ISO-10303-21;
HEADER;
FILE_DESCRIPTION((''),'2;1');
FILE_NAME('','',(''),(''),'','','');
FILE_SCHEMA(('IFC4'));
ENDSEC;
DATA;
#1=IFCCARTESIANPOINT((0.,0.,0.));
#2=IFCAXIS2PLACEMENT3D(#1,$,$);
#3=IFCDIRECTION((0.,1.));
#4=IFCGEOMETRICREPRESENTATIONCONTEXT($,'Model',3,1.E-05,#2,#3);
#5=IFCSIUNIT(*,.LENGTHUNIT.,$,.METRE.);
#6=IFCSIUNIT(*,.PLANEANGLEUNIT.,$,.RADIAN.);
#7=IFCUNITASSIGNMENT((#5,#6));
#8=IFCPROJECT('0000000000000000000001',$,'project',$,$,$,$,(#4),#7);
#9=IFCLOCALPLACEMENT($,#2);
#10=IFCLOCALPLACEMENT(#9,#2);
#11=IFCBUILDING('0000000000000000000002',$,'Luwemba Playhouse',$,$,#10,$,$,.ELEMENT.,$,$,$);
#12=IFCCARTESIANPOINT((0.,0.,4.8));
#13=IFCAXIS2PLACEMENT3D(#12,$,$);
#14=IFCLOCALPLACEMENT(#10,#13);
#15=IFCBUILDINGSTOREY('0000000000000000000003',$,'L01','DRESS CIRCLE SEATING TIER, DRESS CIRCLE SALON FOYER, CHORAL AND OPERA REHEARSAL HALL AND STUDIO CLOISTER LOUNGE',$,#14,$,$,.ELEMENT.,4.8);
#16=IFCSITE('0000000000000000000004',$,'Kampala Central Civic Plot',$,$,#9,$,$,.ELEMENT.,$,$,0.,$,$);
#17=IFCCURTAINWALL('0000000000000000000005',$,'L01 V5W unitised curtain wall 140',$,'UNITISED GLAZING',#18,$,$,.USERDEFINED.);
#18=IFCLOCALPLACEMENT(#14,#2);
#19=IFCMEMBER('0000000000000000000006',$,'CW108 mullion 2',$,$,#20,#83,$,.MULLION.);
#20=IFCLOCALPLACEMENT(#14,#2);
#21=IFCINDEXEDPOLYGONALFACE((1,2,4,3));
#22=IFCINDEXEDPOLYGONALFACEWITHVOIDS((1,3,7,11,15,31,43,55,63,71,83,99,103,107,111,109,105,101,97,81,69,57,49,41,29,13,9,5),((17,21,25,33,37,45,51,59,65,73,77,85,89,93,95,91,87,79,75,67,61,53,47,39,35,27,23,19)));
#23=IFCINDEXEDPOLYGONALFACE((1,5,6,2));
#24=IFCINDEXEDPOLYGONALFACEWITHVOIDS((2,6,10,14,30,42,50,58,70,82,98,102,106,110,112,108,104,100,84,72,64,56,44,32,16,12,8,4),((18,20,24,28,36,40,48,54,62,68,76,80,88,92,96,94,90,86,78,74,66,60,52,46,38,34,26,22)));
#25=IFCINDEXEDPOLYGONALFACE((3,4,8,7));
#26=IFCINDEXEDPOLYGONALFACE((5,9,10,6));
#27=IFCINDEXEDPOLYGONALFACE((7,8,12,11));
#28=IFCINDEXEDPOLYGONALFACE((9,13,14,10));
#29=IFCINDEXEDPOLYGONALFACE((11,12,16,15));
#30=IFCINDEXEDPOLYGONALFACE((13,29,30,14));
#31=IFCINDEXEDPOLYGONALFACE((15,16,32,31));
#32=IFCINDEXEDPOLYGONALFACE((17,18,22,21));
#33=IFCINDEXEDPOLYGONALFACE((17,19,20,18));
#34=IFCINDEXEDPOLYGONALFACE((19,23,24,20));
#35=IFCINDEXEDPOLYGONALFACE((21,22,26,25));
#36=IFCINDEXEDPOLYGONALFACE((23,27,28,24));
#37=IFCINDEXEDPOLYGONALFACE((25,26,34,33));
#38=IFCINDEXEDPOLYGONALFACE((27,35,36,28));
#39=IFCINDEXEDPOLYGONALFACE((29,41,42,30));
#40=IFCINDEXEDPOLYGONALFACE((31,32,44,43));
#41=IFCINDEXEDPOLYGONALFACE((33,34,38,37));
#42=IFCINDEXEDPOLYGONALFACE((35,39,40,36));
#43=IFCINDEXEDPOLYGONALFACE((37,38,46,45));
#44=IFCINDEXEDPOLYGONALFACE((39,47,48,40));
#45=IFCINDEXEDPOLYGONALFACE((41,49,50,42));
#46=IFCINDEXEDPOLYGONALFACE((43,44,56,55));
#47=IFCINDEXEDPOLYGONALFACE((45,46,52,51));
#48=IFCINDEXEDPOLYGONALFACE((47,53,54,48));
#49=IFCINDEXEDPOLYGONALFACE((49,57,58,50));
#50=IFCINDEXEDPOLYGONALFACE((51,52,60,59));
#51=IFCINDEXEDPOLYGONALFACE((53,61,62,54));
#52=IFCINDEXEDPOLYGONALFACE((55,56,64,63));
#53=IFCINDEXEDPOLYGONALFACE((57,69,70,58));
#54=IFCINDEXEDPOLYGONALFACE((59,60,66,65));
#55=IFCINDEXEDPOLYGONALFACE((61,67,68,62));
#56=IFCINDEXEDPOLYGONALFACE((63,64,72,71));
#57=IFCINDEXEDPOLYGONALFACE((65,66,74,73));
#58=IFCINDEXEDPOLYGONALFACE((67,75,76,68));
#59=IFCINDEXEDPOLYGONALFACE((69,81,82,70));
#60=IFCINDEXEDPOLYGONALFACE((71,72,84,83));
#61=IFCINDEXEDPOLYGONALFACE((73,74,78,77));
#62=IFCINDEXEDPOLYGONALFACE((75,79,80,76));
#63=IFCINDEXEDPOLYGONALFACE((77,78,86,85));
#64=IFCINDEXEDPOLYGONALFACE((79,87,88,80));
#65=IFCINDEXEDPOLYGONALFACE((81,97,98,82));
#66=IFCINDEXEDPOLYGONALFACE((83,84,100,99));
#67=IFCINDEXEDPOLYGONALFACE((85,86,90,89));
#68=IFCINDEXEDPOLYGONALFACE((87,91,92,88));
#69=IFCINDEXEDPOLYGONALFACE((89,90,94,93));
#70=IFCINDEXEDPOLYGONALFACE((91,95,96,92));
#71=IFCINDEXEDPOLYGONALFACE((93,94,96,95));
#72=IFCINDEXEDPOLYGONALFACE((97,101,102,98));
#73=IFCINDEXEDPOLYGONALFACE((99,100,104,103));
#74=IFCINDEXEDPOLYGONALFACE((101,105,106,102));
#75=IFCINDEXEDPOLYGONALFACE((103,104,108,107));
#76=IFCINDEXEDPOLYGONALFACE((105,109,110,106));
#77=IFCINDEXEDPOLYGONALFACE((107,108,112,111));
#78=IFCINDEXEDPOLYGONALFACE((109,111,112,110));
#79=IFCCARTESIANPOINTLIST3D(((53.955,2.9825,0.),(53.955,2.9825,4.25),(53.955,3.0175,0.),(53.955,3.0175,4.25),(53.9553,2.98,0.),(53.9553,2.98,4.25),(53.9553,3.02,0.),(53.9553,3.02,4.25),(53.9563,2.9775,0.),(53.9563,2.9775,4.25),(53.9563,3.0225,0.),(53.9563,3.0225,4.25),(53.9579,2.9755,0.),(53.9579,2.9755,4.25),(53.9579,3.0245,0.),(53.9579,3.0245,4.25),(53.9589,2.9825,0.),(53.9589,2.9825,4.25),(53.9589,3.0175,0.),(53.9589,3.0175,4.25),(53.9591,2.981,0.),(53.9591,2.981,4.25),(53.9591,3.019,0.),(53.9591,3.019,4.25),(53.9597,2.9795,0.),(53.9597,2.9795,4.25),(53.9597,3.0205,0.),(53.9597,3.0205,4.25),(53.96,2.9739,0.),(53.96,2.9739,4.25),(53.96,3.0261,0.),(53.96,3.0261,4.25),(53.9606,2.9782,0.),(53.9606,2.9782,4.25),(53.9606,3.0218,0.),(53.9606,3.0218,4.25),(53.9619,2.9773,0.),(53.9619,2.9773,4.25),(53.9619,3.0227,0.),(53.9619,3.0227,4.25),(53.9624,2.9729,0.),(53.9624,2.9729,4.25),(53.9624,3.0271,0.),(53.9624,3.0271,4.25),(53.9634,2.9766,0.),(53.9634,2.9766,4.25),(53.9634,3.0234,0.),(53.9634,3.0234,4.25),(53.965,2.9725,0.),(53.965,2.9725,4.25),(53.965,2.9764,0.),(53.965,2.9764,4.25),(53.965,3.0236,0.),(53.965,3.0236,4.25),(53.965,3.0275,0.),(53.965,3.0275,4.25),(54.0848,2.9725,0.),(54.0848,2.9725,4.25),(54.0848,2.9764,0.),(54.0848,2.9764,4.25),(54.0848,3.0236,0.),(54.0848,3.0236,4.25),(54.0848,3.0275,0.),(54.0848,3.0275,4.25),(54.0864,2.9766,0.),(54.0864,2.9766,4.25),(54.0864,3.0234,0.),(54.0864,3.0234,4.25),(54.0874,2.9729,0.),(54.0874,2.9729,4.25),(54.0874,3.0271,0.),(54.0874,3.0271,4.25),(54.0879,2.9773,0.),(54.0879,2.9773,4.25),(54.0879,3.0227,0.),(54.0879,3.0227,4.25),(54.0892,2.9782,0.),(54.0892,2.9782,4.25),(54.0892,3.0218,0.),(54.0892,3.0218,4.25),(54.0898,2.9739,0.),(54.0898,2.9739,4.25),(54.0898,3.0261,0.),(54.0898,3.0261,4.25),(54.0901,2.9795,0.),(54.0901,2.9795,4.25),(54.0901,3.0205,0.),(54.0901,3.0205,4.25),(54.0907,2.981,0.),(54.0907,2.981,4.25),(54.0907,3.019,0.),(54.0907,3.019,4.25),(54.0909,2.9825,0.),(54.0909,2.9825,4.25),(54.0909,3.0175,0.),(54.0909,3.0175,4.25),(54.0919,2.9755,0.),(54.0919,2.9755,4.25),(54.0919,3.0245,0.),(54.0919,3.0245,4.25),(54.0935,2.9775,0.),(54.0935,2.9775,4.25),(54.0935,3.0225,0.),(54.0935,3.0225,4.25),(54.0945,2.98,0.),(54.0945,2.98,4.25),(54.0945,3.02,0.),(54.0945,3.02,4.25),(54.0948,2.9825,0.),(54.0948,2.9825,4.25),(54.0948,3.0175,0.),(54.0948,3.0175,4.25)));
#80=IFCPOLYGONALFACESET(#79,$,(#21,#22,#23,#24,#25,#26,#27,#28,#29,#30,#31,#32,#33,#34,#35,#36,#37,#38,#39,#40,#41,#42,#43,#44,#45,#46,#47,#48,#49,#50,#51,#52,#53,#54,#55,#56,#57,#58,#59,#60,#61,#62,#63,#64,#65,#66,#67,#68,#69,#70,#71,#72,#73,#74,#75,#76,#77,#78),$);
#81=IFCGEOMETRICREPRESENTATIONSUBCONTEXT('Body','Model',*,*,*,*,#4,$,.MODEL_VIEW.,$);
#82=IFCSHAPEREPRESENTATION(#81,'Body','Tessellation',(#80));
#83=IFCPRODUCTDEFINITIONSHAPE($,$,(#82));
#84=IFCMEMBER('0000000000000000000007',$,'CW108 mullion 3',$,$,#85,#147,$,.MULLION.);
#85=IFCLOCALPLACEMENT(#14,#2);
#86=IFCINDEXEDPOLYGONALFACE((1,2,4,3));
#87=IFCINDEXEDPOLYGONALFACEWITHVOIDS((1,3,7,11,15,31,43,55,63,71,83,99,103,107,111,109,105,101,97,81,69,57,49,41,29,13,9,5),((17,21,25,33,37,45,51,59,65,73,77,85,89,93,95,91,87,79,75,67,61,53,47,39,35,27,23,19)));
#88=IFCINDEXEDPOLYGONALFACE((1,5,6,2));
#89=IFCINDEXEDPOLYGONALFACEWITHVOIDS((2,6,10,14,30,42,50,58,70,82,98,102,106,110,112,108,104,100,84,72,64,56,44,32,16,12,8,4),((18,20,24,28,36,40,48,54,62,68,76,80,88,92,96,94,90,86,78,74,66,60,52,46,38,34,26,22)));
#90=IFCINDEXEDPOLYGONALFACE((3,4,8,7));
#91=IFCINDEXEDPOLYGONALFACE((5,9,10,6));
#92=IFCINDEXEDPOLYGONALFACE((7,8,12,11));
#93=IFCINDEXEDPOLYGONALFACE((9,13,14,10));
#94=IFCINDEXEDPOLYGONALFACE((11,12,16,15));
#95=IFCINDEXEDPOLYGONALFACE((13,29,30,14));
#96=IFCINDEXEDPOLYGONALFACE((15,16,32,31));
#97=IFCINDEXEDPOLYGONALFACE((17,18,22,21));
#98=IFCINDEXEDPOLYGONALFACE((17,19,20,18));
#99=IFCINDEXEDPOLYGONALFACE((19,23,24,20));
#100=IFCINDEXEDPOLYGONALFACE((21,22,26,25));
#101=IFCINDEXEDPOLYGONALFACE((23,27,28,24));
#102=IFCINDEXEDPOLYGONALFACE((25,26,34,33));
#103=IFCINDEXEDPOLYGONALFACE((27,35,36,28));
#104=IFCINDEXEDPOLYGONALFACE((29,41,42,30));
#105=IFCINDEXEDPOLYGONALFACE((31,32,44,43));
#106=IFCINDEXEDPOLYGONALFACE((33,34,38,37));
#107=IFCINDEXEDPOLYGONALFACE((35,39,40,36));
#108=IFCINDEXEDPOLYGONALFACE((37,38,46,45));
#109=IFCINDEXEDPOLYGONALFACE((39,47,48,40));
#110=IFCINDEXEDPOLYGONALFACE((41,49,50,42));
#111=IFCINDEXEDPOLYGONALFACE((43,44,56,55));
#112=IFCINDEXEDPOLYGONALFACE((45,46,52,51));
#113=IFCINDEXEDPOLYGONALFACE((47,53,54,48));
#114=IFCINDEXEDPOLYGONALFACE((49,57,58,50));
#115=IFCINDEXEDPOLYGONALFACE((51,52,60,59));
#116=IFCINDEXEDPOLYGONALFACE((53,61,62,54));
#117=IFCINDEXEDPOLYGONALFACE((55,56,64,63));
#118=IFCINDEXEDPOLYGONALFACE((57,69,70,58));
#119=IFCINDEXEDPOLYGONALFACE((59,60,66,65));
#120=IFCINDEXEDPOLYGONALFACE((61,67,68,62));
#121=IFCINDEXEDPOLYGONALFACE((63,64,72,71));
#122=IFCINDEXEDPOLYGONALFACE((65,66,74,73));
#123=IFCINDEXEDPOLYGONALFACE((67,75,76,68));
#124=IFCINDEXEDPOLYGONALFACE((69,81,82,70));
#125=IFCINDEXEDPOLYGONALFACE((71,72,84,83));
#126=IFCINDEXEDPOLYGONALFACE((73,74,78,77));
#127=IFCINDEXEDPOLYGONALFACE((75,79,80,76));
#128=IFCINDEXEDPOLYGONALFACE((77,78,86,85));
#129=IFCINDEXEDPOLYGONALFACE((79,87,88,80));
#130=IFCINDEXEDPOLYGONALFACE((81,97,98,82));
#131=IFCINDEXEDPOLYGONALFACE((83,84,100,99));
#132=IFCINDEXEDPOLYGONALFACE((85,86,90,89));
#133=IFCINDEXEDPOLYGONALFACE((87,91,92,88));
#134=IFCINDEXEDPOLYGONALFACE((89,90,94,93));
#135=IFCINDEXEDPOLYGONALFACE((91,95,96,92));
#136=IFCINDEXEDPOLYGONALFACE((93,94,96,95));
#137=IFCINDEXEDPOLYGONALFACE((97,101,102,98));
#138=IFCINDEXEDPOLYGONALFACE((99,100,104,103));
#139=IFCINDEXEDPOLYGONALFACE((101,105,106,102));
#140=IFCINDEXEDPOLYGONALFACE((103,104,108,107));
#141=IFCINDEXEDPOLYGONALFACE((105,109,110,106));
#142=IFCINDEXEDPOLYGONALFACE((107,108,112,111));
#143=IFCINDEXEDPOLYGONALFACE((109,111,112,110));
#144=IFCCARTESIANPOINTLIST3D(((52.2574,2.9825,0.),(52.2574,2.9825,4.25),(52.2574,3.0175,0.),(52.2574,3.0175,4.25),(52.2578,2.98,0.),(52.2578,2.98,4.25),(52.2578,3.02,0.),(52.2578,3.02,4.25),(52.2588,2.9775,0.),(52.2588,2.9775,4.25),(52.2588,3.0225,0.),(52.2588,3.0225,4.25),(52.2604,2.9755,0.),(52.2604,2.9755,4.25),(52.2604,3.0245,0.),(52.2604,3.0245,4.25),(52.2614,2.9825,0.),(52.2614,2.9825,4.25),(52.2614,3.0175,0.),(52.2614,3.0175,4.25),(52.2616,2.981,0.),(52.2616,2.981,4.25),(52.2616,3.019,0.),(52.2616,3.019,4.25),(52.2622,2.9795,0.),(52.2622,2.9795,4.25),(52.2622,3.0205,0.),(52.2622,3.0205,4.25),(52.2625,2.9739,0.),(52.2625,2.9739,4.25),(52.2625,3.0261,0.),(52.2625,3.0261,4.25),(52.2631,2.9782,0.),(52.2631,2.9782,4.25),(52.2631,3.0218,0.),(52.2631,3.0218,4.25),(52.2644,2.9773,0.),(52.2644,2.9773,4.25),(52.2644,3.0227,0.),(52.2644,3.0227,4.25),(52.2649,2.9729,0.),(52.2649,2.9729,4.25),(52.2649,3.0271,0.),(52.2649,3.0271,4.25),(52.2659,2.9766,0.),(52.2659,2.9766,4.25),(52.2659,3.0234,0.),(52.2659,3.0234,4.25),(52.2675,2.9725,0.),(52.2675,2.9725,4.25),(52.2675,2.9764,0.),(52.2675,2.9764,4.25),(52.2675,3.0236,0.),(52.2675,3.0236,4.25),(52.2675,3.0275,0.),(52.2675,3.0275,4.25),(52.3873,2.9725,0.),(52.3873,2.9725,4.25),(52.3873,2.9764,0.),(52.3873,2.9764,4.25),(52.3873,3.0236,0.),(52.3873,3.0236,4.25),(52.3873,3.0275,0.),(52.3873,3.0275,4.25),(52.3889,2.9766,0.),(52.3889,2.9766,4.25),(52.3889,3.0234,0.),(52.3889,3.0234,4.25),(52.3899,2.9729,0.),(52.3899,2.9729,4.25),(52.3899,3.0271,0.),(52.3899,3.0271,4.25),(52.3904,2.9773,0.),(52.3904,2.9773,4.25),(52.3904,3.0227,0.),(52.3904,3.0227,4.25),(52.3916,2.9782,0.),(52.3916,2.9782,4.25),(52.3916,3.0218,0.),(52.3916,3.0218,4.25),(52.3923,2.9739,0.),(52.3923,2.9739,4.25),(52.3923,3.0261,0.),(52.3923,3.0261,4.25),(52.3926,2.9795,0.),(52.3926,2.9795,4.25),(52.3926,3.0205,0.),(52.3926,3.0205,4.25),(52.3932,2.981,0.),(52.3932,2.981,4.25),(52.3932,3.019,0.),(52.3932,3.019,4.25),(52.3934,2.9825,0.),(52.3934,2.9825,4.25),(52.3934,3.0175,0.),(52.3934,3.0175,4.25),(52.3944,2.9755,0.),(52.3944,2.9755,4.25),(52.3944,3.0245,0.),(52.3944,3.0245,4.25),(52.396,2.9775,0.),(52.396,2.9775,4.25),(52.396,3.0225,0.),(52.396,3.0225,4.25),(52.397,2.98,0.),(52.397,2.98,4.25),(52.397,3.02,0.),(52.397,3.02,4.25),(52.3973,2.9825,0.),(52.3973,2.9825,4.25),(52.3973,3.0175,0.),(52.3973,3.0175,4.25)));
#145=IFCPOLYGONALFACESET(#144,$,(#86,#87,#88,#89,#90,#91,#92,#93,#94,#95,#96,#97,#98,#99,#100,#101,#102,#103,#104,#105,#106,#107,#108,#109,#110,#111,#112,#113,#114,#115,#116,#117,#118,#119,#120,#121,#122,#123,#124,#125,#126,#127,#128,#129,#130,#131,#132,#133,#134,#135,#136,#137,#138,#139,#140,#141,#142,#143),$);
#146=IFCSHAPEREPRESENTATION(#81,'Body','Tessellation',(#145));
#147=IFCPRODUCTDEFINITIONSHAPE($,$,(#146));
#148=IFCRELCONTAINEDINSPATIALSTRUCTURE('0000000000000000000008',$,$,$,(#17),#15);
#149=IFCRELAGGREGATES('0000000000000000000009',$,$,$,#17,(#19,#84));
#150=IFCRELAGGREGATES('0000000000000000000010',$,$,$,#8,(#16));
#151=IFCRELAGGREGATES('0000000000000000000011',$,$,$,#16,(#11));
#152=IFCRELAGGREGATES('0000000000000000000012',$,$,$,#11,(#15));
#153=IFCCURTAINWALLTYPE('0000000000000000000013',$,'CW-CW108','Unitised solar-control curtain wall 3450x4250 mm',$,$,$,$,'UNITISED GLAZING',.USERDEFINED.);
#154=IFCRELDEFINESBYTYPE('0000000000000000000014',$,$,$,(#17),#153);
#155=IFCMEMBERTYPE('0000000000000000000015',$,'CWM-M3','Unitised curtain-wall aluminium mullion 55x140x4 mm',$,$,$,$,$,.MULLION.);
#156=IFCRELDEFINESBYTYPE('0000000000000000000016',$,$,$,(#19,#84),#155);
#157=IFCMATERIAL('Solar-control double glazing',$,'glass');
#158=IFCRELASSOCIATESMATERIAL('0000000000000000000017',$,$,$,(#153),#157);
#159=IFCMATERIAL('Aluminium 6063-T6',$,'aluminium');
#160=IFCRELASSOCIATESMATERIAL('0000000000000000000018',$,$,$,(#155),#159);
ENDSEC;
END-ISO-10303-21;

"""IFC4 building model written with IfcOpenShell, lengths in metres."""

from ifc_helpers import new_model, si_unit, direction, frame, origin, origin_2d, place, context, subcontext, project, spatial, hollow_rectangle, extrude, material, material_profile, profile_set, type_object, element, aggregate, save


model = new_model("IFC4")

# Units and contexts
model_context = context("Model", 3, precision=1e-05, world=origin(), true_north=direction((0.0, 1.0)))
body_context = subcontext(model_context, "Body", "Model", "MODEL_VIEW")
ifc_project = project(units=[si_unit("LENGTHUNIT", "METRE"), si_unit("PLANEANGLEUNIT", "RADIAN")], contexts=[model_context])

# Site, building, storey
site_placement = place(None, origin())
site = spatial("IfcSite", under=ifc_project, at=site_placement, Name="Kampala Central Civic Plot", CompositionType="ELEMENT", RefElevation=0.0)
building_placement = place(site_placement, origin())
building = spatial("IfcBuilding", under=site, at=building_placement, Name="Luwemba Playhouse", CompositionType="ELEMENT")
storey_placement = place(building_placement, frame((0.0, 0.0, 4.8)))
storey = spatial("IfcBuildingStorey", under=building, at=storey_placement, Name="L01", Description="DRESS CIRCLE SEATING TIER, DRESS CIRCLE SALON FOYER, CHORAL AND OPERA REHEARSAL HALL AND STUDIO CLOISTER LOUNGE", CompositionType="ELEMENT", Elevation=4.8)

# Shared definitions
ifc_material_1 = material(Name="Solar-control double glazing", Category="glass")
ifc_material_2 = material(Name="Aluminium 6063-T6", Category="aluminium")

# Curtain wall, members
curtain_wall_type_1 = type_object("IfcCurtainWallType", Name="CW-CW108", Description="Unitised solar-control curtain wall 3450x4250 mm", ElementType="UNITISED GLAZING", PredefinedType="USERDEFINED", material=ifc_material_1)
curtain_wall_1_placement = place(storey_placement, origin())
curtain_wall_1 = element("IfcCurtainWall", 1, at=curtain_wall_1_placement, inside=storey, type_object=curtain_wall_type_1, Name="L01 V5W unitised curtain wall 140", ObjectType="UNITISED GLAZING", PredefinedType="USERDEFINED")
ifc_material_profile_1 = material_profile(ifc_material_2, hollow_rectangle(XDim=0.0549, YDim=0.1399, WallThickness=0.0039, InnerFilletRadius=0.0061, OuterFilletRadius=0.01, at=origin_2d()))
ifc_profile_set_1 = profile_set([ifc_material_profile_1], Name="Aluminium 6063-T6")
member_type_1 = type_object("IfcMemberType", Name="CWM-M3", Description="Unitised curtain-wall aluminium mullion 55x140x4 mm", PredefinedType="MULLION", material=ifc_profile_set_1)
member_1_placement = place(storey_placement, frame((54.0249, 3.0, 0.0), z_axis=(0.0, 0.0, 1.0), x_axis=(0.0, -1.0, 0.0)))
member_1 = element("IfcMember", 2, at=member_1_placement, type_object=member_type_1, Name="CW108 mullion 2", PredefinedType="MULLION", context=body_context, shape_type="SweptSolid", body=[
    extrude(hollow_rectangle(XDim=0.0549, YDim=0.1399, WallThickness=0.0039, InnerFilletRadius=0.0061, OuterFilletRadius=0.01, at=origin_2d()), origin(), (0.0, 0.0, 1.0), 4.25),
])
member_2_placement = place(storey_placement, frame((52.3274, 3.0, 0.0), z_axis=(0.0, 0.0, 1.0), x_axis=(0.0, -1.0, 0.0)))
member_2 = element("IfcMember", 3, at=member_2_placement, type_object=member_type_1, Name="CW108 mullion 3", PredefinedType="MULLION", context=body_context, shape_type="SweptSolid", body=[
    extrude(hollow_rectangle(XDim=0.0549, YDim=0.1399, WallThickness=0.0039, InnerFilletRadius=0.0061, OuterFilletRadius=0.01, at=origin_2d()), origin(), (0.0, 0.0, 1.0), 4.25),
])

aggregate(curtain_wall_1, [member_1, member_2])

save(model, "model.ifc")
